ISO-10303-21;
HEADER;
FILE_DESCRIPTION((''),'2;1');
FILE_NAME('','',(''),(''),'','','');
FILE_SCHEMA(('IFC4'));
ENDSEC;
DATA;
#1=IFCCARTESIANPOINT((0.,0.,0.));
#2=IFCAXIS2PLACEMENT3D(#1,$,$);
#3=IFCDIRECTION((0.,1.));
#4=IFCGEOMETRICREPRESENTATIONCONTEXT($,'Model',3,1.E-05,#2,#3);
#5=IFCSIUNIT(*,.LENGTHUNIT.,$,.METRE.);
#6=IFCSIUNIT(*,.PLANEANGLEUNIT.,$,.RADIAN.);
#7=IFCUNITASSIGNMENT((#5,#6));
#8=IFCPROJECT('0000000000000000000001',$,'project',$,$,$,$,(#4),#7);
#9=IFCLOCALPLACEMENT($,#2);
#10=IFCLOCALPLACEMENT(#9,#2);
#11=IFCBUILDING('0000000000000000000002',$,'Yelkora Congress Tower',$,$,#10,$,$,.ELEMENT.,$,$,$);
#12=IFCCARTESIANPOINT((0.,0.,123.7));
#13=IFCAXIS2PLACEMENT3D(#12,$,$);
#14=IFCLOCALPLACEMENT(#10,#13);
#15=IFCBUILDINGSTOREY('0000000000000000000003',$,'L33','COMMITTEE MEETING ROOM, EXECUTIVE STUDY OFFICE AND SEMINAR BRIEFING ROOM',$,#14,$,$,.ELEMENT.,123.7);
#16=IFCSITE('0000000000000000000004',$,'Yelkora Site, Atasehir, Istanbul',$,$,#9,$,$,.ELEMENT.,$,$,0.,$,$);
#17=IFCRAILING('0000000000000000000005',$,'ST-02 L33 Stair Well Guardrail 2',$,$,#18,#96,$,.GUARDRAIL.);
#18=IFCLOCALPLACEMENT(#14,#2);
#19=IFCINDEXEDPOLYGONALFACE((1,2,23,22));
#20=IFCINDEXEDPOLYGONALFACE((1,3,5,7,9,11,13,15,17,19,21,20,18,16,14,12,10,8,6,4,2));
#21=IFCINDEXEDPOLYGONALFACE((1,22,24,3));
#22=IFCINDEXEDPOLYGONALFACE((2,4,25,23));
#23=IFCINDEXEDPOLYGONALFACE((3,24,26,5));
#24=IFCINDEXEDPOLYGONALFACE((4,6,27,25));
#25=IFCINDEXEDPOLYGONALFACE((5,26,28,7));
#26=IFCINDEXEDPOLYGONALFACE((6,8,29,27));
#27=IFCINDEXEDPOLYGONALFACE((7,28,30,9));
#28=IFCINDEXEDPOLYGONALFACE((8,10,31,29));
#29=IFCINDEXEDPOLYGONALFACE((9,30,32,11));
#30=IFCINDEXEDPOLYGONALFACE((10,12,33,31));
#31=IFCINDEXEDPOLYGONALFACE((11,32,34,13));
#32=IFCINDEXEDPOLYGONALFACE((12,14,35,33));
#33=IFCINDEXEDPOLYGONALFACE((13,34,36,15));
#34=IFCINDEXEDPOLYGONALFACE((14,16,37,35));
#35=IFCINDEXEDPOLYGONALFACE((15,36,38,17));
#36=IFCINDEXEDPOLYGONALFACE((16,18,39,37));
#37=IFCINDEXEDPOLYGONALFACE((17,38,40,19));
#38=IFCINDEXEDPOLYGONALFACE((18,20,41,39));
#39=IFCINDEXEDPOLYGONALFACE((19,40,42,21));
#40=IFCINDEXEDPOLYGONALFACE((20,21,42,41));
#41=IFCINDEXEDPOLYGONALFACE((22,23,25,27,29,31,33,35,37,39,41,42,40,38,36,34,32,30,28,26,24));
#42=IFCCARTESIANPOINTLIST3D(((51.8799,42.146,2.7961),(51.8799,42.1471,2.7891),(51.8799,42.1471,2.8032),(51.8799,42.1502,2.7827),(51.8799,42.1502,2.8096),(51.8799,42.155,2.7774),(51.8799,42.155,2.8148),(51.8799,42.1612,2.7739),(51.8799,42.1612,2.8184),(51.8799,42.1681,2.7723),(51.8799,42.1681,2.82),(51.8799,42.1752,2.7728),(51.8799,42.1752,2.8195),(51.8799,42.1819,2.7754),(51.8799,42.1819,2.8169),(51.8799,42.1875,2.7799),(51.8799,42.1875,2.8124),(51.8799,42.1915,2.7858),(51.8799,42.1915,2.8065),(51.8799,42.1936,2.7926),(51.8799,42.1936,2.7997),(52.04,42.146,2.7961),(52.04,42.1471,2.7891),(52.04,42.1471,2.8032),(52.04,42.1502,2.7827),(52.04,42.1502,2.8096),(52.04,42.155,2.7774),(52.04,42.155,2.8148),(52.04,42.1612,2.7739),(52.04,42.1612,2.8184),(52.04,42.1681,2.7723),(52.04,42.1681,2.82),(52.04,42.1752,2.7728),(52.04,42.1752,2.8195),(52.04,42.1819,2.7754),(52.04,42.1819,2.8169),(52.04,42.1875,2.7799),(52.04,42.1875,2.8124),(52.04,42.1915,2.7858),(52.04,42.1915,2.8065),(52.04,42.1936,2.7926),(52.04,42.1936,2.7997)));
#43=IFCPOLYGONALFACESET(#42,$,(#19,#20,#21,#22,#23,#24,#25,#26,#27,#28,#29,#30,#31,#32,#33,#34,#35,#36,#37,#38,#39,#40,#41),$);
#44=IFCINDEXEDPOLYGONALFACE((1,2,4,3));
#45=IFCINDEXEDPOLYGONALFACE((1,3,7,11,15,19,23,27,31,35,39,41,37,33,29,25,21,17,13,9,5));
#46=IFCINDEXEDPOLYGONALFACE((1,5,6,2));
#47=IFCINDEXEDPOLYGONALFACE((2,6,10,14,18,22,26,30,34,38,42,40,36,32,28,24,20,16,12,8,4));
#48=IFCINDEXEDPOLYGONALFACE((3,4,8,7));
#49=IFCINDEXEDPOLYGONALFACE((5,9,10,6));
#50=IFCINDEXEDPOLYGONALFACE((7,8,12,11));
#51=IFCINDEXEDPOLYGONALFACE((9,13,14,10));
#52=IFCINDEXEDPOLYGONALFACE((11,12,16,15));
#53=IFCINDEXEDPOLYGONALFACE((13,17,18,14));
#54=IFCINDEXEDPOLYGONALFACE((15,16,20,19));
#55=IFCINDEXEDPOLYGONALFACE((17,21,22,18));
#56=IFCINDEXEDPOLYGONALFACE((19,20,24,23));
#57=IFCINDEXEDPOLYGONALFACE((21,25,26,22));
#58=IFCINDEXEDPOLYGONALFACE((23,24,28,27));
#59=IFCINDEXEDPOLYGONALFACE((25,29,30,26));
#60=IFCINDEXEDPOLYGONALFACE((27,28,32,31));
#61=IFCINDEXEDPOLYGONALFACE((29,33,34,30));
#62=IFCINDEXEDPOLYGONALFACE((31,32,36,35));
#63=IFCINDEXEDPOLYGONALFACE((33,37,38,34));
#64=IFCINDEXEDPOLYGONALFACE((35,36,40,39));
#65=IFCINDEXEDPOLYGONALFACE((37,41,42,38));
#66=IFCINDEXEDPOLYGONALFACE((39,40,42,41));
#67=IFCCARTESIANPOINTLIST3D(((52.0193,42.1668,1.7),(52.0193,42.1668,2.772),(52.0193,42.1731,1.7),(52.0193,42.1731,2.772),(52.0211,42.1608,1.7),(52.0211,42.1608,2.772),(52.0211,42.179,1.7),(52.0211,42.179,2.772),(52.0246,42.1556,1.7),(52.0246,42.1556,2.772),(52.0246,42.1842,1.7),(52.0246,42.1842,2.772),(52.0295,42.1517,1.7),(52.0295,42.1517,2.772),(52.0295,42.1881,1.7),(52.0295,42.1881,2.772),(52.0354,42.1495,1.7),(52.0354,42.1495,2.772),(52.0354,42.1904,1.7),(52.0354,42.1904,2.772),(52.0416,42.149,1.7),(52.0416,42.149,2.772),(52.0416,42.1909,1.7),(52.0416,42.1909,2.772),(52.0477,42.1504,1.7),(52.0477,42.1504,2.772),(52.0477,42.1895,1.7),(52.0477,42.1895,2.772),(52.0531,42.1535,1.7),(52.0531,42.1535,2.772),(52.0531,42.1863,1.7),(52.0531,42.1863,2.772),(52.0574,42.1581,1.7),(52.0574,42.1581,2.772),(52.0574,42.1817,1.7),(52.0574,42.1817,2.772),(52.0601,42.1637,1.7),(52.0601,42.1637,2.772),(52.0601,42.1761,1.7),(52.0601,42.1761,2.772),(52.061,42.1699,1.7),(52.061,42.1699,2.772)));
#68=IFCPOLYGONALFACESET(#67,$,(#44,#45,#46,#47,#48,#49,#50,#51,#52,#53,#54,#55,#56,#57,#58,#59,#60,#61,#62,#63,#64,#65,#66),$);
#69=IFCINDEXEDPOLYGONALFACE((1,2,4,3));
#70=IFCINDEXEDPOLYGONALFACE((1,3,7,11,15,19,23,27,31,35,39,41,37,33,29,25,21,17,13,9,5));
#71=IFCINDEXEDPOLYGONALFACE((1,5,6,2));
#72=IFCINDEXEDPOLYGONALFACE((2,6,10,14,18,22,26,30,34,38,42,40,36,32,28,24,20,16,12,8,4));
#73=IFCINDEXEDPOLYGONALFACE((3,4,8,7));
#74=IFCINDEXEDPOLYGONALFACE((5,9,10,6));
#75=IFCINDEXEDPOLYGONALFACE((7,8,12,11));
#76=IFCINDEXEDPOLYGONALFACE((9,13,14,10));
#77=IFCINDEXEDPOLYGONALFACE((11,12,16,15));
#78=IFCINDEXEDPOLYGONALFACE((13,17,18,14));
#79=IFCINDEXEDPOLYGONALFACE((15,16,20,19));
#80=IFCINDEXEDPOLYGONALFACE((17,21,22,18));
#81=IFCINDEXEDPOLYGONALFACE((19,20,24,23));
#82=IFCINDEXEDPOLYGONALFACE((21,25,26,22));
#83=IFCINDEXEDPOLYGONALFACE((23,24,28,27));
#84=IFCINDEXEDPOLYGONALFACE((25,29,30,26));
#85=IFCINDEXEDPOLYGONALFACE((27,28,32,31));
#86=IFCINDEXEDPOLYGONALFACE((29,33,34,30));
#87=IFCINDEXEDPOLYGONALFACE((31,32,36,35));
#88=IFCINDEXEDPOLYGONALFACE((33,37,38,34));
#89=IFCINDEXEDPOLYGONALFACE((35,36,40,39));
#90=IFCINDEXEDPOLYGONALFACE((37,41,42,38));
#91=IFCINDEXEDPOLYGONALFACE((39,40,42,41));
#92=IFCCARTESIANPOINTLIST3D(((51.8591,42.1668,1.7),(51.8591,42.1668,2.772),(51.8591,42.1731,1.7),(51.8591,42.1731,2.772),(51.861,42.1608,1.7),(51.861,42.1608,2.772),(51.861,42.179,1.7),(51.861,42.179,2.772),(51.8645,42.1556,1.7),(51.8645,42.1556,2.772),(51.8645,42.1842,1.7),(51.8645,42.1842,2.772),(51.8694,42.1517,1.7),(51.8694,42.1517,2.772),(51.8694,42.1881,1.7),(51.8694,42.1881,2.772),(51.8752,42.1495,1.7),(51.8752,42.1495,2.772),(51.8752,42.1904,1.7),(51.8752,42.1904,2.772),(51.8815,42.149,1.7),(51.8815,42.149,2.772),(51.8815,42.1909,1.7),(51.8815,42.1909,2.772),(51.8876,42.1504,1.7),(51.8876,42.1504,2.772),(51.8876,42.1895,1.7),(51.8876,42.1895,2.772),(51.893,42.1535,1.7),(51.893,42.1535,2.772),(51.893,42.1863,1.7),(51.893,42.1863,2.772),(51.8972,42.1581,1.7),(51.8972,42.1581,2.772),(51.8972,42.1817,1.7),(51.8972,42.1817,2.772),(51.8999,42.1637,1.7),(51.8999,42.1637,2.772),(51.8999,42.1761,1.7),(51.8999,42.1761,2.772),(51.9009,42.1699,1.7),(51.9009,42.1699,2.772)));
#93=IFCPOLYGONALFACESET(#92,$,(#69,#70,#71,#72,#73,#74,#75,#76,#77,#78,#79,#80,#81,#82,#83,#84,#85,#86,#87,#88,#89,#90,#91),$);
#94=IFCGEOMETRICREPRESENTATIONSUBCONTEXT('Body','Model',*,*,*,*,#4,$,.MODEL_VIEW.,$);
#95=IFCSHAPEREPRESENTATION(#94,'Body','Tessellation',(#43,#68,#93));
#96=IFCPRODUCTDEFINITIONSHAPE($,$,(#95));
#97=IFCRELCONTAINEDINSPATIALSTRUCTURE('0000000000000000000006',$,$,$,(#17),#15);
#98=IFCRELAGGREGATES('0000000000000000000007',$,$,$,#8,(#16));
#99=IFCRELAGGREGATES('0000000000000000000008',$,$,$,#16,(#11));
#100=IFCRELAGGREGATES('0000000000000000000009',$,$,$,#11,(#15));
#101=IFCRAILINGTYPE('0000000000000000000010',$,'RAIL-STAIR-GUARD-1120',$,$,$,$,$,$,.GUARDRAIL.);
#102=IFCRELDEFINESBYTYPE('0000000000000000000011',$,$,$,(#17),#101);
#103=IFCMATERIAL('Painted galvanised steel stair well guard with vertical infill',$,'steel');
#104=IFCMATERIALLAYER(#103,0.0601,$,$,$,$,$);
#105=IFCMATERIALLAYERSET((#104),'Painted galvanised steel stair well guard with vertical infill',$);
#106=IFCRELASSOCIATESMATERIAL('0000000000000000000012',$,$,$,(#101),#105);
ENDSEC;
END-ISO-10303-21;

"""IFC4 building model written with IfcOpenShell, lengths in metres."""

from ifc_helpers import new_model, si_unit, direction, frame, origin, origin_2d, place, context, subcontext, project, spatial, circle, extrude, material, layer, layer_set, type_object, element, save


model = new_model("IFC4")

# Units and contexts
model_context = context("Model", 3, precision=1e-05, world=origin(), true_north=direction((0.0, 1.0)))
body_context = subcontext(model_context, "Body", "Model", "MODEL_VIEW")
ifc_project = project(units=[si_unit("LENGTHUNIT", "METRE"), si_unit("PLANEANGLEUNIT", "RADIAN")], contexts=[model_context])

# Site, building, storey
site_placement = place(None, origin())
site = spatial("IfcSite", under=ifc_project, at=site_placement, Name="Yelkora Site, Atasehir, Istanbul", CompositionType="ELEMENT", RefElevation=0.0)
building_placement = place(site_placement, origin())
building = spatial("IfcBuilding", under=site, at=building_placement, Name="Yelkora Congress Tower", CompositionType="ELEMENT")
storey_placement = place(building_placement, frame((0.0, 0.0, 123.7)))
storey = spatial("IfcBuildingStorey", under=building, at=storey_placement, Name="L33", Description="COMMITTEE MEETING ROOM, EXECUTIVE STUDY OFFICE AND SEMINAR BRIEFING ROOM", CompositionType="ELEMENT", Elevation=123.7)

# Railing
ifc_material_1 = material(Name="Painted galvanised steel stair well guard with vertical infill", Category="steel")
ifc_layer_1 = layer(ifc_material_1, 0.0601)
ifc_layer_set_1 = layer_set([ifc_layer_1], Name="Painted galvanised steel stair well guard with vertical infill")
railing_type_1 = type_object("IfcRailingType", Name="RAIL-STAIR-GUARD-1120", PredefinedType="GUARDRAIL", material=ifc_layer_set_1)
railing_1_placement = place(storey_placement, frame((52.04, 42.1699, 1.7)))
element("IfcRailing", 1, at=railing_1_placement, inside=storey, type_object=railing_type_1, Name="ST-02 L33 Stair Well Guardrail 2", PredefinedType="GUARDRAIL", context=body_context, shape_type="SweptSolid", body=[
    extrude(circle(Radius=0.0239, at=origin_2d()), frame((0.0, 0.0, 1.0962), z_axis=(-1.0, 0.0, 0.0), x_axis=(0.0, -1.0, 0.0)), (0.0, 0.0, 1.0), 0.1602),
    extrude(circle(Radius=0.021, at=origin_2d()), origin(), (0.0, 0.0, 1.0), 1.072),
    extrude(circle(Radius=0.021, at=origin_2d()), frame((-0.1602, 0.0, 0.0)), (0.0, 0.0, 1.0), 1.072),
])

save(model, "model.ifc")
